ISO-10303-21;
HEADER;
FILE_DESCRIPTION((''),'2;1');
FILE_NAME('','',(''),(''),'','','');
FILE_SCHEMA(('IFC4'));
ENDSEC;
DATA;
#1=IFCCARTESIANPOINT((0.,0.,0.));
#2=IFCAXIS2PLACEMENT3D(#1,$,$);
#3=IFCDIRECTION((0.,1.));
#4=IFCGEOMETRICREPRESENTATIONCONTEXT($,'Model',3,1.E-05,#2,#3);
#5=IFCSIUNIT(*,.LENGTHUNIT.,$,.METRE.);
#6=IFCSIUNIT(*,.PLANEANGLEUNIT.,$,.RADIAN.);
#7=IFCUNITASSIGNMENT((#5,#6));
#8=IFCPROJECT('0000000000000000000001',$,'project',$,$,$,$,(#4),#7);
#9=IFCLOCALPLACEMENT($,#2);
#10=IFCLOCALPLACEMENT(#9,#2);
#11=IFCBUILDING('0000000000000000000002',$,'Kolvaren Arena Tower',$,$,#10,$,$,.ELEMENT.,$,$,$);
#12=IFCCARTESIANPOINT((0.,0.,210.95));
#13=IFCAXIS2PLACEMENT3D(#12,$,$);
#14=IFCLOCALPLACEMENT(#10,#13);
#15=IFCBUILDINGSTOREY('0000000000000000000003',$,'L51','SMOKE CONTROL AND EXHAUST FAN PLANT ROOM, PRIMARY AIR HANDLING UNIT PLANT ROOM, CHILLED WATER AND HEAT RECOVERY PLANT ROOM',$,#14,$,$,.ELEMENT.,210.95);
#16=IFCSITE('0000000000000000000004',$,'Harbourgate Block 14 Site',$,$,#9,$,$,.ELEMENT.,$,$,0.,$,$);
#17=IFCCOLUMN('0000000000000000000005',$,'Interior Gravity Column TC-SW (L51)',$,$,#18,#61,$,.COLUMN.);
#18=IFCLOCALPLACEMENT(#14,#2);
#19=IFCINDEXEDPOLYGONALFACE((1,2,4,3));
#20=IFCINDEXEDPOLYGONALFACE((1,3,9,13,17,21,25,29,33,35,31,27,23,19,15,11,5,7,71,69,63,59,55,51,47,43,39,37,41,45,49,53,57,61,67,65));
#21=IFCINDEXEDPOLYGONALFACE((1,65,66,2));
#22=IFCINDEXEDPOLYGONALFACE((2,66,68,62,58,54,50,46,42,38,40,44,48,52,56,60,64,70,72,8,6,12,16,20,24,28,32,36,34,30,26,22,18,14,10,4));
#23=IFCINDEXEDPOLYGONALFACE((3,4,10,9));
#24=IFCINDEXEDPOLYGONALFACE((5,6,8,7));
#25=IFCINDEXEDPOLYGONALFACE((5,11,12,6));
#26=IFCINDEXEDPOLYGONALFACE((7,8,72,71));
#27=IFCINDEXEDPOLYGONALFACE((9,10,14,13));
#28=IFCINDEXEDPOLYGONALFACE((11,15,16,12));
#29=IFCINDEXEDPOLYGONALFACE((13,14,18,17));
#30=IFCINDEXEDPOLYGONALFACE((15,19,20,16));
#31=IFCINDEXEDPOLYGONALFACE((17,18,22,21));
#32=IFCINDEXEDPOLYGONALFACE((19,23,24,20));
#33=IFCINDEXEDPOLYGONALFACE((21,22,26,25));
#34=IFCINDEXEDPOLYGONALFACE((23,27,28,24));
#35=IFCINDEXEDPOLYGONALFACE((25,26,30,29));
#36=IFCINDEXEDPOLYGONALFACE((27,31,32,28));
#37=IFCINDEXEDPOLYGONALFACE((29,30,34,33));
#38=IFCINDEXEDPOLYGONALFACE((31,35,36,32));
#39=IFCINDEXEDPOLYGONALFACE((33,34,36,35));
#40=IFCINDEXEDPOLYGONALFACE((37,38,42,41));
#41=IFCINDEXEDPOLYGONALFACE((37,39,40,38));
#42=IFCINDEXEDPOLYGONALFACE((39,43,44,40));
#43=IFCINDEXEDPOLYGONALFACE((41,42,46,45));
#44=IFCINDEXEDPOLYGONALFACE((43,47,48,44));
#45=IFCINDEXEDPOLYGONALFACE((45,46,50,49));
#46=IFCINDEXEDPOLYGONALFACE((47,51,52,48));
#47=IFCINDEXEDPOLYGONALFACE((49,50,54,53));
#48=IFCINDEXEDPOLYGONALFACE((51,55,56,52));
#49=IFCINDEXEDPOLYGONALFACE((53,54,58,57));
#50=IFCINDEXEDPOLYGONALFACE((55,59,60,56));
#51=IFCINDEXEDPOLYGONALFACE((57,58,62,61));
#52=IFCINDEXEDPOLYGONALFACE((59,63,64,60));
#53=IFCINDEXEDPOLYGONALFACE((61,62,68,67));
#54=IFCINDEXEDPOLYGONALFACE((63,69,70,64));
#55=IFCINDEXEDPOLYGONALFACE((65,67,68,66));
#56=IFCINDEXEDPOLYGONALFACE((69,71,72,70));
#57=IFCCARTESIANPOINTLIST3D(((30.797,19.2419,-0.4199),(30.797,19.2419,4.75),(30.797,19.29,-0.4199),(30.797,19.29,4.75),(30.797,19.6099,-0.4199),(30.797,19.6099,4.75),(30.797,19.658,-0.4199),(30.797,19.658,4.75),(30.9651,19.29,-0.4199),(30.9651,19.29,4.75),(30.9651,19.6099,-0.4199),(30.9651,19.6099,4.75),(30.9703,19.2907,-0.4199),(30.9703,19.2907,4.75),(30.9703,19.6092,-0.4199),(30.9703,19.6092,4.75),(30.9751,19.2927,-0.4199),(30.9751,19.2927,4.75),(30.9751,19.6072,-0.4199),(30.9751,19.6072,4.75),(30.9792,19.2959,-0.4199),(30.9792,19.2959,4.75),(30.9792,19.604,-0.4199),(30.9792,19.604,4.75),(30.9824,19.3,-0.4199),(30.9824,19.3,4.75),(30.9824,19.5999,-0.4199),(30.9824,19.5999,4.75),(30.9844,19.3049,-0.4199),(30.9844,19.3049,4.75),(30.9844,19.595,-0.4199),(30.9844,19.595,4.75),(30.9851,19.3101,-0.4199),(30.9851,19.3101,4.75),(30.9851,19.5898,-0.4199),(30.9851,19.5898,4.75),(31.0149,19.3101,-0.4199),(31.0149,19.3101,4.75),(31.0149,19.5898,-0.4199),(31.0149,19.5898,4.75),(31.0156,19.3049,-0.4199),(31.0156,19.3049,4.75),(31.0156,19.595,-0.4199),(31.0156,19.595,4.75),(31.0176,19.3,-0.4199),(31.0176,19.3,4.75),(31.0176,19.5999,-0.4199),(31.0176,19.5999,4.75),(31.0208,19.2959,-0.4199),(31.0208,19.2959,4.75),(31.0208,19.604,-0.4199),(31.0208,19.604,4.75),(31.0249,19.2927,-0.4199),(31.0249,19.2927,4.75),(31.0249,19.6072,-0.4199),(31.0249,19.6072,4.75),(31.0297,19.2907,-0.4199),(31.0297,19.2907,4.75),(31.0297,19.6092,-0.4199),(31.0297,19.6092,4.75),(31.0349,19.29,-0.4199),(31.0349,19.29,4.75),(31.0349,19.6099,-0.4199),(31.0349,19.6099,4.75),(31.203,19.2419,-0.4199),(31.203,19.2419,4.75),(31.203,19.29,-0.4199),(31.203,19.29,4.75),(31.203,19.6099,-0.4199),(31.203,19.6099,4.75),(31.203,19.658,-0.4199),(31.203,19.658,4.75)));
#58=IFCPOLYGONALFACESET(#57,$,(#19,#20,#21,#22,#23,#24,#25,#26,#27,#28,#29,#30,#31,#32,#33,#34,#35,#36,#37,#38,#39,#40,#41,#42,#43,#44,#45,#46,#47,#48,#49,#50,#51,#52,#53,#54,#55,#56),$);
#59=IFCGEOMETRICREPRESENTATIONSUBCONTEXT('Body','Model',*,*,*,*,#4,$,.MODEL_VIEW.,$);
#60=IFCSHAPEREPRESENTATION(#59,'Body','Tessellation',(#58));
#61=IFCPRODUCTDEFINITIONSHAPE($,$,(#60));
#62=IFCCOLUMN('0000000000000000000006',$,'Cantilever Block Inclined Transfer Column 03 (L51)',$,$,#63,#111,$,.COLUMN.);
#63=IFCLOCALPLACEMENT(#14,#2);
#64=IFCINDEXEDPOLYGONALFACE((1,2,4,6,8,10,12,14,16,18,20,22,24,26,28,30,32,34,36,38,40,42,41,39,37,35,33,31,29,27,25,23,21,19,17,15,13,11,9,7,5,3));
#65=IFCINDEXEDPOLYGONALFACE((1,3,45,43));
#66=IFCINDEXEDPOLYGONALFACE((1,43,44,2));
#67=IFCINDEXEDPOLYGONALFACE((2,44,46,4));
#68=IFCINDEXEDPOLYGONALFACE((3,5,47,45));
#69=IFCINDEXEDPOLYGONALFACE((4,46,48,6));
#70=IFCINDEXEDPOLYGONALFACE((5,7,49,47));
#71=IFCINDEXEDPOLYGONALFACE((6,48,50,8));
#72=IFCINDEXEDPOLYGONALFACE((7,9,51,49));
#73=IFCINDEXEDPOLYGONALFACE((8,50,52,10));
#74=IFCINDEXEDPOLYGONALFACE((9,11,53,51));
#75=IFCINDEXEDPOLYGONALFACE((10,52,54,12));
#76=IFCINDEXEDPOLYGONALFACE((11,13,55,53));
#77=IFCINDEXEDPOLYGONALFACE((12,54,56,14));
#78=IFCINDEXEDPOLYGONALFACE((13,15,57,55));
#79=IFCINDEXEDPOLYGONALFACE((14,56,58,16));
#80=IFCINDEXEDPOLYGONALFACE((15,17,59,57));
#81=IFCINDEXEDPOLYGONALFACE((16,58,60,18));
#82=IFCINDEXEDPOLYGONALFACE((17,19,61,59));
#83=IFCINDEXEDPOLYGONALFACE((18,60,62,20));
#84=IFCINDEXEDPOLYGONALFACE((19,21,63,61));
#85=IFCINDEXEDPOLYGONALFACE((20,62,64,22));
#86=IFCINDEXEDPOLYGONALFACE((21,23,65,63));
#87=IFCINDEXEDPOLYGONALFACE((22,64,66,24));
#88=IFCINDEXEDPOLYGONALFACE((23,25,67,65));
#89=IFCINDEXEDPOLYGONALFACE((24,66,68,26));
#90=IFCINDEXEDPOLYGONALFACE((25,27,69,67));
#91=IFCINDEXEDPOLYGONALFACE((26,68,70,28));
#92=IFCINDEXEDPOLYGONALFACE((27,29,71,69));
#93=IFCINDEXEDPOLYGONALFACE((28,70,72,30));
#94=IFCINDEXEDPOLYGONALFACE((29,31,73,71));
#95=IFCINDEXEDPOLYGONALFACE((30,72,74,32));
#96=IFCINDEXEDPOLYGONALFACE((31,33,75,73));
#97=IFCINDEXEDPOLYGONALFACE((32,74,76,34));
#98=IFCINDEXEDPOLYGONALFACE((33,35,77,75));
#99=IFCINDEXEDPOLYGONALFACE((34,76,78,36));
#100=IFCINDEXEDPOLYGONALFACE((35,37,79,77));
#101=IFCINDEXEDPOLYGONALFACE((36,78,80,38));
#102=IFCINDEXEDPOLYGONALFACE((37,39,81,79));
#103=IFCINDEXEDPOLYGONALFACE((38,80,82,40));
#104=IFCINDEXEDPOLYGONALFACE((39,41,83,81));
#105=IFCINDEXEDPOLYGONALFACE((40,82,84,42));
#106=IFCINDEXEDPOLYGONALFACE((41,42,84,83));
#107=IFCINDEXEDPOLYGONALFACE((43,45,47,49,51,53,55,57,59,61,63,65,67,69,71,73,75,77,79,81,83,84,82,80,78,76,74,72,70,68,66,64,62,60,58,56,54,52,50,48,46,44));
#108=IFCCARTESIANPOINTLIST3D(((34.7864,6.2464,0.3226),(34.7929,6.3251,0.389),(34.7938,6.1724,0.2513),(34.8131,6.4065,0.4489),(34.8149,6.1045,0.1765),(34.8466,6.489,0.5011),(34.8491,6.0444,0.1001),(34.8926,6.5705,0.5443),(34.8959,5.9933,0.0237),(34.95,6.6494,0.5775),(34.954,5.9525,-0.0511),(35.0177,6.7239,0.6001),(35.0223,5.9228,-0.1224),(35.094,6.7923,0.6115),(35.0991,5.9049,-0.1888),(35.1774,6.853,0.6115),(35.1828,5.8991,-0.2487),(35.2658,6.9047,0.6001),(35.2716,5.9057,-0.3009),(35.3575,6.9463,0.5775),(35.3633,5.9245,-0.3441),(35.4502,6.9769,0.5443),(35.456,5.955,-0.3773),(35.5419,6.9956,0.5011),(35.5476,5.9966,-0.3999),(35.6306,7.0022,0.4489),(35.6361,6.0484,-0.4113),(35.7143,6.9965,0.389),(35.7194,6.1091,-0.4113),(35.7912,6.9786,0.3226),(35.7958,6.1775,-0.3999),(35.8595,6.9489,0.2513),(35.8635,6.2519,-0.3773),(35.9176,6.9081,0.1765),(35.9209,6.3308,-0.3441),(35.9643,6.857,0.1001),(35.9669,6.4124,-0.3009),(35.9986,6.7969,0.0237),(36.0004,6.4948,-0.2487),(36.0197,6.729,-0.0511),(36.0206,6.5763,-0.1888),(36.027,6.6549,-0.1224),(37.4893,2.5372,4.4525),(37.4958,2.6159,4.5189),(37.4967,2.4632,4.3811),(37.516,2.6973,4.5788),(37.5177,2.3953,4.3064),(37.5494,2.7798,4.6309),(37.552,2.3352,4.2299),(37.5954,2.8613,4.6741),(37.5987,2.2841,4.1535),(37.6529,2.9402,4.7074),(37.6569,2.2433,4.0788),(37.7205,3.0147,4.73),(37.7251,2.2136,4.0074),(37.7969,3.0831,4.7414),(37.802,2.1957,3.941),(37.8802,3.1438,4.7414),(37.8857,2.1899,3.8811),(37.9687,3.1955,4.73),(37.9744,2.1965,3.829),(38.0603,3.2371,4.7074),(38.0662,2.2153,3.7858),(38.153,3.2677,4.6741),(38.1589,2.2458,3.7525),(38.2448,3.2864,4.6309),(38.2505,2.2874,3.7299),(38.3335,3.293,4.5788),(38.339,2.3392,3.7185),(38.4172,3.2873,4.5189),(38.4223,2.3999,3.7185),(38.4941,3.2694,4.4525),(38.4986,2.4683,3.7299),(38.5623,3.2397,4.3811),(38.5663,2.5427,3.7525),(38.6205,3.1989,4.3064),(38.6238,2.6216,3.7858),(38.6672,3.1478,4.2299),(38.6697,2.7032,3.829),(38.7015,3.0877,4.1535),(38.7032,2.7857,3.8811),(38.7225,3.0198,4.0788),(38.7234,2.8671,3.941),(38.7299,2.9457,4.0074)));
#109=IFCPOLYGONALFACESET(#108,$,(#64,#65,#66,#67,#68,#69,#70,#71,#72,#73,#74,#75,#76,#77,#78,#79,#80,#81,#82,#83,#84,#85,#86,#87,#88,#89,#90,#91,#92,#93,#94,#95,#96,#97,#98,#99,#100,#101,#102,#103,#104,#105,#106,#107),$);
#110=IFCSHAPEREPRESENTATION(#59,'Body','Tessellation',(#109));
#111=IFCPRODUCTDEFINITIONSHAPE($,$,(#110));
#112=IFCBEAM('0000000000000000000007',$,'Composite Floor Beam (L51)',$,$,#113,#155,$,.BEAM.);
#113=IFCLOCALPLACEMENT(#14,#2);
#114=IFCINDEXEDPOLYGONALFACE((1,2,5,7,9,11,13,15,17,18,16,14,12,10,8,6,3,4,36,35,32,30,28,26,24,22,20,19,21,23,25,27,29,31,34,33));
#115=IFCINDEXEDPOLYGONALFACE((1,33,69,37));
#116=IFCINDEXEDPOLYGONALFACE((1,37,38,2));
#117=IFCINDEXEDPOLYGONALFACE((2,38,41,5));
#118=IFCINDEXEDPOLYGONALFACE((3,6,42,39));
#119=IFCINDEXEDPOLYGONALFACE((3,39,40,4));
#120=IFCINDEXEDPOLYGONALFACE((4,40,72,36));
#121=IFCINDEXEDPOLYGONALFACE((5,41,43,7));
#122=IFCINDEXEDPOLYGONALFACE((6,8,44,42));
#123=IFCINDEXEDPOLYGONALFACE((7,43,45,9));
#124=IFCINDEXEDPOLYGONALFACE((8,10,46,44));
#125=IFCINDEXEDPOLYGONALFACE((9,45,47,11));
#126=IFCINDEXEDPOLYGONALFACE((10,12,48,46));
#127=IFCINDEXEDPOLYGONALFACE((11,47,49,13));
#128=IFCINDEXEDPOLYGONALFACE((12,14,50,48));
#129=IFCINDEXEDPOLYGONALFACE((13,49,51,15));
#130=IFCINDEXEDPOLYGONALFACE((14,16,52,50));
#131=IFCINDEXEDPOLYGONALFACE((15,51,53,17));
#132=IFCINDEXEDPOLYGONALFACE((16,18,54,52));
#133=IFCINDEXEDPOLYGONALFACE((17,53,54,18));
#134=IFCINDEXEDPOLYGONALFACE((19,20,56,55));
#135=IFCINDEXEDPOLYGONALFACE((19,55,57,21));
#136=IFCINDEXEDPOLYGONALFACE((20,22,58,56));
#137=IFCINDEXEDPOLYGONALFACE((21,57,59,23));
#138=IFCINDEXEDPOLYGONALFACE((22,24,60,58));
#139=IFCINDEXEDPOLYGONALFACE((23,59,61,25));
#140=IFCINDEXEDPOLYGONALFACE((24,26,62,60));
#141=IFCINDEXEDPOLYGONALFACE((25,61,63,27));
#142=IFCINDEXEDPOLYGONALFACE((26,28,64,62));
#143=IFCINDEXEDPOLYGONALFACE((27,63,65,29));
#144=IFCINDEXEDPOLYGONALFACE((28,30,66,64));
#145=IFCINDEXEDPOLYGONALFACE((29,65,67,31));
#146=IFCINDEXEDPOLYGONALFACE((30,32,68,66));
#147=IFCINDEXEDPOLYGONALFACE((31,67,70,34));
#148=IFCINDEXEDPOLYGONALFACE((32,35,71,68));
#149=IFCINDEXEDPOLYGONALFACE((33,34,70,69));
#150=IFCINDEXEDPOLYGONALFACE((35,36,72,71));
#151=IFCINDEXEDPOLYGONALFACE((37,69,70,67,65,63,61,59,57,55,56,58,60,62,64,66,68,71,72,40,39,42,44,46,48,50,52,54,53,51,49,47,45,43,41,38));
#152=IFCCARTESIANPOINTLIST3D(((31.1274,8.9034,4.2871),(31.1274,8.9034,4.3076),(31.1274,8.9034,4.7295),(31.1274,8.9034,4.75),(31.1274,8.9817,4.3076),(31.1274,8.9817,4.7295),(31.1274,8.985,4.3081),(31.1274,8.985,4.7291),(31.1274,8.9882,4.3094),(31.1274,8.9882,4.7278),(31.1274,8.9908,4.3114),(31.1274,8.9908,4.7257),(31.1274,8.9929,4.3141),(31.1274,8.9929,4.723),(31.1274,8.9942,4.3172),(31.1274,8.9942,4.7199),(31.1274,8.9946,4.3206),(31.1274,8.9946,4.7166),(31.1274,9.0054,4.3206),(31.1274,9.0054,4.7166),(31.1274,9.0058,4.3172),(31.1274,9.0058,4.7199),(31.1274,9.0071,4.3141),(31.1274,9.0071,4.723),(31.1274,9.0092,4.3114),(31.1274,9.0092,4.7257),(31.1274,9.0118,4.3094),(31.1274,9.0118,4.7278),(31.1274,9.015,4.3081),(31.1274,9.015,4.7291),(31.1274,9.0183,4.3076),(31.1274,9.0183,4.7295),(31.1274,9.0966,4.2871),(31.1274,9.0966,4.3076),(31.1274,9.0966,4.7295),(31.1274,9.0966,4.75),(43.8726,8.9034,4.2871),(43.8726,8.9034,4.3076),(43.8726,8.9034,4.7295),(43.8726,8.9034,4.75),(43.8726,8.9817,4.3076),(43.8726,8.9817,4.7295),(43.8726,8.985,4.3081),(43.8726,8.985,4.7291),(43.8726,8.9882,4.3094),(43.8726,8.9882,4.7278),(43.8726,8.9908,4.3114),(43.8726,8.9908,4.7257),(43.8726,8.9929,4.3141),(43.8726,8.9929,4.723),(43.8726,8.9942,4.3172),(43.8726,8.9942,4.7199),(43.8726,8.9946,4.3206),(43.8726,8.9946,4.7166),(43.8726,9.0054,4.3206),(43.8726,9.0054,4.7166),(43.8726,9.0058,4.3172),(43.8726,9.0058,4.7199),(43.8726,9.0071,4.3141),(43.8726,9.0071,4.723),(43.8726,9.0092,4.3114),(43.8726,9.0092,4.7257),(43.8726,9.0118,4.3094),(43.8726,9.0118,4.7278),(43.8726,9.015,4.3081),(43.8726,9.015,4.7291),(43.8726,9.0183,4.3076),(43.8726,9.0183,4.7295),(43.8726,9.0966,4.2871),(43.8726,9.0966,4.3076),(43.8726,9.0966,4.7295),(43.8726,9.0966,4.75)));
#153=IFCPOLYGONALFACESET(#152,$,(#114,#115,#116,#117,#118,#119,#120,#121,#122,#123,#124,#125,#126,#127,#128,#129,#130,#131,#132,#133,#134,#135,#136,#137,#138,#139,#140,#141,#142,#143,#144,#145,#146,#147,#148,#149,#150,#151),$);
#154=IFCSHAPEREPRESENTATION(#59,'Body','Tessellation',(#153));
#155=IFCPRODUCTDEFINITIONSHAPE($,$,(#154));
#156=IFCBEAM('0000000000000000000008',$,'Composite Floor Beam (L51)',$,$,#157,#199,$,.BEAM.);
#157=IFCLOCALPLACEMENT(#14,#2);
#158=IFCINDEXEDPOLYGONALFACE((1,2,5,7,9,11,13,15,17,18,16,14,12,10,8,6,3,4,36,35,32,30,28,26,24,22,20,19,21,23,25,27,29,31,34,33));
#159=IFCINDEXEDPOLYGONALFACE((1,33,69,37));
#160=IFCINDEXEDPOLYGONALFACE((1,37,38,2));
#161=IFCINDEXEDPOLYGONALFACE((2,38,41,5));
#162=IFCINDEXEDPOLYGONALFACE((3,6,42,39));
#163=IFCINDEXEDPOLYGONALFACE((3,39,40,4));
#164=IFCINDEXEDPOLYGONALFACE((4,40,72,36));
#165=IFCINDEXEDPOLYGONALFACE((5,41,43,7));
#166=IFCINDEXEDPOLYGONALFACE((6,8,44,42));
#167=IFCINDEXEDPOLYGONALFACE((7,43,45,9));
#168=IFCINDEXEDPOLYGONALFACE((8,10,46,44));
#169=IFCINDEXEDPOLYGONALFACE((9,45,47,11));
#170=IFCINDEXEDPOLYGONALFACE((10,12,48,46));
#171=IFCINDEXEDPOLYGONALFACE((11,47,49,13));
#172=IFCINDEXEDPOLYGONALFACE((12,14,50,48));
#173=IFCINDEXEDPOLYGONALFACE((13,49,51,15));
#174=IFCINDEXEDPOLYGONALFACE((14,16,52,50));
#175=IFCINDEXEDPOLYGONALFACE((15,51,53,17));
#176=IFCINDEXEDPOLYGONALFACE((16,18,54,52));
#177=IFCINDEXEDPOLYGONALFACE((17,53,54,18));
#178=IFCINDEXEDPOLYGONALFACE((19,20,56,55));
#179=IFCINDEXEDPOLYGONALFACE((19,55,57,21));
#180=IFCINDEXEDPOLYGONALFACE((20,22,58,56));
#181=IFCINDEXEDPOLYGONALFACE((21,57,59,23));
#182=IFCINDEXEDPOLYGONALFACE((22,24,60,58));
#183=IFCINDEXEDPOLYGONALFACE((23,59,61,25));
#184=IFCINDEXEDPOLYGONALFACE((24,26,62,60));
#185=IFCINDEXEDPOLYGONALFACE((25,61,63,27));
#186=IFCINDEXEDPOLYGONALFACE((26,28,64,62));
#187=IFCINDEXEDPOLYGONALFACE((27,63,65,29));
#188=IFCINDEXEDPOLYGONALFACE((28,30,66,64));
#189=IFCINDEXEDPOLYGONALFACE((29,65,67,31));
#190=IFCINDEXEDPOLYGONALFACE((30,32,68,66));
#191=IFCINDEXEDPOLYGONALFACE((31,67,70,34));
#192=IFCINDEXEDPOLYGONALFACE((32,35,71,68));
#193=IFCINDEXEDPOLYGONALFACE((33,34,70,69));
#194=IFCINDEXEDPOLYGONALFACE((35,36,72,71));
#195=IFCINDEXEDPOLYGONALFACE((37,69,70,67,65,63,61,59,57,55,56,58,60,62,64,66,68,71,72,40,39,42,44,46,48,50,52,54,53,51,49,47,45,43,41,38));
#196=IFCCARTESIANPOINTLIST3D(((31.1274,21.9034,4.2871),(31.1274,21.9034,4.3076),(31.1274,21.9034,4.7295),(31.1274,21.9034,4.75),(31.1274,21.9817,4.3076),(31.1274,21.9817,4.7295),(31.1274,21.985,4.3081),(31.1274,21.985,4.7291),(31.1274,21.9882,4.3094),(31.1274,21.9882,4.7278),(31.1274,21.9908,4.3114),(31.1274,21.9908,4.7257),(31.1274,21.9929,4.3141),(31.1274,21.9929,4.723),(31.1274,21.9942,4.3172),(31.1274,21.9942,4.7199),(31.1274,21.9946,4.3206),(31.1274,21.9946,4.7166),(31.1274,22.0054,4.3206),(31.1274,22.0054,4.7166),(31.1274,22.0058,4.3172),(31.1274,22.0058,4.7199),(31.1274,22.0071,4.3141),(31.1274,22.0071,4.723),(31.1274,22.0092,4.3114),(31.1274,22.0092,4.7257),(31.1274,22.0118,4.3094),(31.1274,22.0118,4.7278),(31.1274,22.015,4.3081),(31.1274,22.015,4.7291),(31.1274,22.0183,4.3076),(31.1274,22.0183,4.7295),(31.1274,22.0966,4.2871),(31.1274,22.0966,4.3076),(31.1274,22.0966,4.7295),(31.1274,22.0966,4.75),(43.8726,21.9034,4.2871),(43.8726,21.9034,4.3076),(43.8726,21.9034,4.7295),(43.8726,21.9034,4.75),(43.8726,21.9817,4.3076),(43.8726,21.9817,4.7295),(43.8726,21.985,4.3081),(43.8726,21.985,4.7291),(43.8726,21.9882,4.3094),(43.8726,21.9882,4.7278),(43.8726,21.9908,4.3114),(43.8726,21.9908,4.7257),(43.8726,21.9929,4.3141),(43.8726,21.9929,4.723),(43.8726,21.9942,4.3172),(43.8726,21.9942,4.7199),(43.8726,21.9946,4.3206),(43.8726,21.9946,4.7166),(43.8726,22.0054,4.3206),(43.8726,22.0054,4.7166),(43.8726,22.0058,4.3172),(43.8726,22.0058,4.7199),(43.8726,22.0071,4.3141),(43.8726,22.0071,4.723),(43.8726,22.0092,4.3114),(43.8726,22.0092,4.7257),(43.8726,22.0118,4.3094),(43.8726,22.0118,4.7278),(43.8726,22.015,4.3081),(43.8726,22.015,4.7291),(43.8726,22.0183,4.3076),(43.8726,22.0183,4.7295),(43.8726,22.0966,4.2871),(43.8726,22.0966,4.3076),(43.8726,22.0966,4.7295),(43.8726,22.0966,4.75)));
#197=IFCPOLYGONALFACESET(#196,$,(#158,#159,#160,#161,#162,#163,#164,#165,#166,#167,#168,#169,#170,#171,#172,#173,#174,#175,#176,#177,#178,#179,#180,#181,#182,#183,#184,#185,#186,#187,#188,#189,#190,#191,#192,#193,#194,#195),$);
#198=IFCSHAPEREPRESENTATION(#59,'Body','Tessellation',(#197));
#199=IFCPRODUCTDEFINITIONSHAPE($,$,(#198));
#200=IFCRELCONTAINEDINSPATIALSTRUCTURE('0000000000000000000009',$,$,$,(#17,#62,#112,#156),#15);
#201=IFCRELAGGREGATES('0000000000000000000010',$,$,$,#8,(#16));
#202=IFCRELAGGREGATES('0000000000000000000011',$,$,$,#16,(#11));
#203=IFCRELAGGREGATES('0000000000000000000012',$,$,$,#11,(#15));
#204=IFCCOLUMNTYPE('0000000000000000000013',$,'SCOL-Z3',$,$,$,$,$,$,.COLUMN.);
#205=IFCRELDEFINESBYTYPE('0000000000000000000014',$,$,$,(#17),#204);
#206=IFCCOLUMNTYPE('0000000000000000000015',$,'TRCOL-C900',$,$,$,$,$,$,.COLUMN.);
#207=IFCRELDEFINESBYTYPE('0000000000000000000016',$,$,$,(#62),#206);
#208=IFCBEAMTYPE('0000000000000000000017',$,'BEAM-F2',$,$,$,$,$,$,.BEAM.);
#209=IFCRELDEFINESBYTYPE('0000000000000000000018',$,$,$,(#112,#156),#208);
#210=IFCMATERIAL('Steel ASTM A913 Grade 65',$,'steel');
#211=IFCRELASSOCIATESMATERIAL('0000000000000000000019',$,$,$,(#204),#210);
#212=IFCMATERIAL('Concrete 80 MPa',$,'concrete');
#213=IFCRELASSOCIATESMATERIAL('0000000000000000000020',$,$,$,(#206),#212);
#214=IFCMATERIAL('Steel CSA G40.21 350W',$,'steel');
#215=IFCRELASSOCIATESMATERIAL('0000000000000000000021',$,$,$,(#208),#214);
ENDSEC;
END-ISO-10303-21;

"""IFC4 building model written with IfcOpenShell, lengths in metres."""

from ifc_helpers import new_model, si_unit, direction, frame, origin, origin_2d, place, context, subcontext, project, spatial, circle, i_section, extrude, material, material_profile, profile_set, type_object, element, save


model = new_model("IFC4")

# Units and contexts
model_context = context("Model", 3, precision=1e-05, world=origin(), true_north=direction((0.0, 1.0)))
body_context = subcontext(model_context, "Body", "Model", "MODEL_VIEW")
ifc_project = project(units=[si_unit("LENGTHUNIT", "METRE"), si_unit("PLANEANGLEUNIT", "RADIAN")], contexts=[model_context])

# Site, building, storey
site_placement = place(None, origin())
site = spatial("IfcSite", under=ifc_project, at=site_placement, Name="Harbourgate Block 14 Site", CompositionType="ELEMENT", RefElevation=0.0)
building_placement = place(site_placement, origin())
building = spatial("IfcBuilding", under=site, at=building_placement, Name="Kolvaren Arena Tower", CompositionType="ELEMENT")
storey_placement = place(building_placement, frame((0.0, 0.0, 210.95)))
storey = spatial("IfcBuildingStorey", under=building, at=storey_placement, Name="L51", Description="SMOKE CONTROL AND EXHAUST FAN PLANT ROOM, PRIMARY AIR HANDLING UNIT PLANT ROOM, CHILLED WATER AND HEAT RECOVERY PLANT ROOM", CompositionType="ELEMENT", Elevation=210.95)

# Columns
ifc_material_1 = material(Name="Steel ASTM A913 Grade 65", Category="steel")
ifc_material_profile_1 = material_profile(ifc_material_1, i_section(OverallWidth=0.406, OverallDepth=0.416, WebThickness=0.0298, FlangeThickness=0.0481, FilletRadius=0.02, at=origin_2d()), Name="W360x382")
ifc_profile_set_1 = profile_set([ifc_material_profile_1], Name="Steel ASTM A913 Grade 65")
column_type_1 = type_object("IfcColumnType", Name="SCOL-Z3", PredefinedType="COLUMN", material=ifc_profile_set_1)
column_1_placement = place(storey_placement, frame((31.0, 19.45, -0.4199), z_axis=(0.0, 0.0, 1.0), x_axis=(1.0, 0.0, 0.0)))
element("IfcColumn", 1, at=column_1_placement, inside=storey, type_object=column_type_1, Name="Interior Gravity Column TC-SW (L51)", PredefinedType="COLUMN", context=body_context, shape_type="SweptSolid", body=[
    extrude(i_section(OverallWidth=0.406, OverallDepth=0.416, WebThickness=0.0298, FlangeThickness=0.0481, FilletRadius=0.02, at=origin_2d()), origin(), (0.0, 0.0, 1.0), 5.1699),
])
ifc_material_2 = material(Name="Concrete 80 MPa", Category="concrete")
ifc_material_profile_2 = material_profile(ifc_material_2, circle(Radius=0.6899, at=origin_2d()), Name="RC-CIRC-1380")
ifc_profile_set_2 = profile_set([ifc_material_profile_2], Name="Concrete 80 MPa")
column_type_2 = type_object("IfcColumnType", Name="TRCOL-C900", PredefinedType="COLUMN", material=ifc_profile_set_2)
column_2_placement = place(storey_placement, frame((35.4067, 6.4507, 0.1001), z_axis=(0.437775, -0.600769, 0.668901), x_axis=(0.808191, 0.588921, 0.0)))
element("IfcColumn", 2, at=column_2_placement, inside=storey, type_object=column_type_2, Name="Cantilever Block Inclined Transfer Column 03 (L51)", PredefinedType="COLUMN", context=body_context, shape_type="SweptSolid", body=[
    extrude(circle(Radius=0.6899, at=origin_2d()), origin(), (0.0, 0.0, 1.0), 6.1741),
])

# Beams
ifc_material_3 = material(Name="Steel CSA G40.21 350W", Category="steel")
ifc_material_profile_3 = material_profile(ifc_material_3, i_section(OverallWidth=0.1931, OverallDepth=0.4629, WebThickness=0.0107, FlangeThickness=0.0205, FilletRadius=0.0129, at=origin_2d()), Name="W460x113")
ifc_profile_set_3 = profile_set([ifc_material_profile_3], Name="Steel CSA G40.21 350W")
beam_type_1 = type_object("IfcBeamType", Name="BEAM-F2", PredefinedType="BEAM", material=ifc_profile_set_3)
for number, where, z_axis, x_axis, name in (
    (3, (31.1274, 9.0, 4.5186), (1.0, 0.0, 0.0), (0.0, 1.0, 0.0), "Composite Floor Beam (L51)"),
    (4, (31.1274, 22.0, 4.5186), (1.0, 0.0, 0.0), (0.0, 1.0, 0.0), "Composite Floor Beam (L51)"),
):
    element("IfcBeam", number, at=place(storey_placement, frame(where, z_axis=z_axis, x_axis=x_axis)), inside=storey, type_object=beam_type_1, Name=name, PredefinedType="BEAM", context=body_context, shape_type="SweptSolid", body=[
        extrude(i_section(OverallWidth=0.1931, OverallDepth=0.4629, WebThickness=0.0107, FlangeThickness=0.0205, FilletRadius=0.0129, at=origin_2d()), origin(), (0.0, 0.0, 1.0), 12.7451),
    ])

save(model, "model.ifc")
